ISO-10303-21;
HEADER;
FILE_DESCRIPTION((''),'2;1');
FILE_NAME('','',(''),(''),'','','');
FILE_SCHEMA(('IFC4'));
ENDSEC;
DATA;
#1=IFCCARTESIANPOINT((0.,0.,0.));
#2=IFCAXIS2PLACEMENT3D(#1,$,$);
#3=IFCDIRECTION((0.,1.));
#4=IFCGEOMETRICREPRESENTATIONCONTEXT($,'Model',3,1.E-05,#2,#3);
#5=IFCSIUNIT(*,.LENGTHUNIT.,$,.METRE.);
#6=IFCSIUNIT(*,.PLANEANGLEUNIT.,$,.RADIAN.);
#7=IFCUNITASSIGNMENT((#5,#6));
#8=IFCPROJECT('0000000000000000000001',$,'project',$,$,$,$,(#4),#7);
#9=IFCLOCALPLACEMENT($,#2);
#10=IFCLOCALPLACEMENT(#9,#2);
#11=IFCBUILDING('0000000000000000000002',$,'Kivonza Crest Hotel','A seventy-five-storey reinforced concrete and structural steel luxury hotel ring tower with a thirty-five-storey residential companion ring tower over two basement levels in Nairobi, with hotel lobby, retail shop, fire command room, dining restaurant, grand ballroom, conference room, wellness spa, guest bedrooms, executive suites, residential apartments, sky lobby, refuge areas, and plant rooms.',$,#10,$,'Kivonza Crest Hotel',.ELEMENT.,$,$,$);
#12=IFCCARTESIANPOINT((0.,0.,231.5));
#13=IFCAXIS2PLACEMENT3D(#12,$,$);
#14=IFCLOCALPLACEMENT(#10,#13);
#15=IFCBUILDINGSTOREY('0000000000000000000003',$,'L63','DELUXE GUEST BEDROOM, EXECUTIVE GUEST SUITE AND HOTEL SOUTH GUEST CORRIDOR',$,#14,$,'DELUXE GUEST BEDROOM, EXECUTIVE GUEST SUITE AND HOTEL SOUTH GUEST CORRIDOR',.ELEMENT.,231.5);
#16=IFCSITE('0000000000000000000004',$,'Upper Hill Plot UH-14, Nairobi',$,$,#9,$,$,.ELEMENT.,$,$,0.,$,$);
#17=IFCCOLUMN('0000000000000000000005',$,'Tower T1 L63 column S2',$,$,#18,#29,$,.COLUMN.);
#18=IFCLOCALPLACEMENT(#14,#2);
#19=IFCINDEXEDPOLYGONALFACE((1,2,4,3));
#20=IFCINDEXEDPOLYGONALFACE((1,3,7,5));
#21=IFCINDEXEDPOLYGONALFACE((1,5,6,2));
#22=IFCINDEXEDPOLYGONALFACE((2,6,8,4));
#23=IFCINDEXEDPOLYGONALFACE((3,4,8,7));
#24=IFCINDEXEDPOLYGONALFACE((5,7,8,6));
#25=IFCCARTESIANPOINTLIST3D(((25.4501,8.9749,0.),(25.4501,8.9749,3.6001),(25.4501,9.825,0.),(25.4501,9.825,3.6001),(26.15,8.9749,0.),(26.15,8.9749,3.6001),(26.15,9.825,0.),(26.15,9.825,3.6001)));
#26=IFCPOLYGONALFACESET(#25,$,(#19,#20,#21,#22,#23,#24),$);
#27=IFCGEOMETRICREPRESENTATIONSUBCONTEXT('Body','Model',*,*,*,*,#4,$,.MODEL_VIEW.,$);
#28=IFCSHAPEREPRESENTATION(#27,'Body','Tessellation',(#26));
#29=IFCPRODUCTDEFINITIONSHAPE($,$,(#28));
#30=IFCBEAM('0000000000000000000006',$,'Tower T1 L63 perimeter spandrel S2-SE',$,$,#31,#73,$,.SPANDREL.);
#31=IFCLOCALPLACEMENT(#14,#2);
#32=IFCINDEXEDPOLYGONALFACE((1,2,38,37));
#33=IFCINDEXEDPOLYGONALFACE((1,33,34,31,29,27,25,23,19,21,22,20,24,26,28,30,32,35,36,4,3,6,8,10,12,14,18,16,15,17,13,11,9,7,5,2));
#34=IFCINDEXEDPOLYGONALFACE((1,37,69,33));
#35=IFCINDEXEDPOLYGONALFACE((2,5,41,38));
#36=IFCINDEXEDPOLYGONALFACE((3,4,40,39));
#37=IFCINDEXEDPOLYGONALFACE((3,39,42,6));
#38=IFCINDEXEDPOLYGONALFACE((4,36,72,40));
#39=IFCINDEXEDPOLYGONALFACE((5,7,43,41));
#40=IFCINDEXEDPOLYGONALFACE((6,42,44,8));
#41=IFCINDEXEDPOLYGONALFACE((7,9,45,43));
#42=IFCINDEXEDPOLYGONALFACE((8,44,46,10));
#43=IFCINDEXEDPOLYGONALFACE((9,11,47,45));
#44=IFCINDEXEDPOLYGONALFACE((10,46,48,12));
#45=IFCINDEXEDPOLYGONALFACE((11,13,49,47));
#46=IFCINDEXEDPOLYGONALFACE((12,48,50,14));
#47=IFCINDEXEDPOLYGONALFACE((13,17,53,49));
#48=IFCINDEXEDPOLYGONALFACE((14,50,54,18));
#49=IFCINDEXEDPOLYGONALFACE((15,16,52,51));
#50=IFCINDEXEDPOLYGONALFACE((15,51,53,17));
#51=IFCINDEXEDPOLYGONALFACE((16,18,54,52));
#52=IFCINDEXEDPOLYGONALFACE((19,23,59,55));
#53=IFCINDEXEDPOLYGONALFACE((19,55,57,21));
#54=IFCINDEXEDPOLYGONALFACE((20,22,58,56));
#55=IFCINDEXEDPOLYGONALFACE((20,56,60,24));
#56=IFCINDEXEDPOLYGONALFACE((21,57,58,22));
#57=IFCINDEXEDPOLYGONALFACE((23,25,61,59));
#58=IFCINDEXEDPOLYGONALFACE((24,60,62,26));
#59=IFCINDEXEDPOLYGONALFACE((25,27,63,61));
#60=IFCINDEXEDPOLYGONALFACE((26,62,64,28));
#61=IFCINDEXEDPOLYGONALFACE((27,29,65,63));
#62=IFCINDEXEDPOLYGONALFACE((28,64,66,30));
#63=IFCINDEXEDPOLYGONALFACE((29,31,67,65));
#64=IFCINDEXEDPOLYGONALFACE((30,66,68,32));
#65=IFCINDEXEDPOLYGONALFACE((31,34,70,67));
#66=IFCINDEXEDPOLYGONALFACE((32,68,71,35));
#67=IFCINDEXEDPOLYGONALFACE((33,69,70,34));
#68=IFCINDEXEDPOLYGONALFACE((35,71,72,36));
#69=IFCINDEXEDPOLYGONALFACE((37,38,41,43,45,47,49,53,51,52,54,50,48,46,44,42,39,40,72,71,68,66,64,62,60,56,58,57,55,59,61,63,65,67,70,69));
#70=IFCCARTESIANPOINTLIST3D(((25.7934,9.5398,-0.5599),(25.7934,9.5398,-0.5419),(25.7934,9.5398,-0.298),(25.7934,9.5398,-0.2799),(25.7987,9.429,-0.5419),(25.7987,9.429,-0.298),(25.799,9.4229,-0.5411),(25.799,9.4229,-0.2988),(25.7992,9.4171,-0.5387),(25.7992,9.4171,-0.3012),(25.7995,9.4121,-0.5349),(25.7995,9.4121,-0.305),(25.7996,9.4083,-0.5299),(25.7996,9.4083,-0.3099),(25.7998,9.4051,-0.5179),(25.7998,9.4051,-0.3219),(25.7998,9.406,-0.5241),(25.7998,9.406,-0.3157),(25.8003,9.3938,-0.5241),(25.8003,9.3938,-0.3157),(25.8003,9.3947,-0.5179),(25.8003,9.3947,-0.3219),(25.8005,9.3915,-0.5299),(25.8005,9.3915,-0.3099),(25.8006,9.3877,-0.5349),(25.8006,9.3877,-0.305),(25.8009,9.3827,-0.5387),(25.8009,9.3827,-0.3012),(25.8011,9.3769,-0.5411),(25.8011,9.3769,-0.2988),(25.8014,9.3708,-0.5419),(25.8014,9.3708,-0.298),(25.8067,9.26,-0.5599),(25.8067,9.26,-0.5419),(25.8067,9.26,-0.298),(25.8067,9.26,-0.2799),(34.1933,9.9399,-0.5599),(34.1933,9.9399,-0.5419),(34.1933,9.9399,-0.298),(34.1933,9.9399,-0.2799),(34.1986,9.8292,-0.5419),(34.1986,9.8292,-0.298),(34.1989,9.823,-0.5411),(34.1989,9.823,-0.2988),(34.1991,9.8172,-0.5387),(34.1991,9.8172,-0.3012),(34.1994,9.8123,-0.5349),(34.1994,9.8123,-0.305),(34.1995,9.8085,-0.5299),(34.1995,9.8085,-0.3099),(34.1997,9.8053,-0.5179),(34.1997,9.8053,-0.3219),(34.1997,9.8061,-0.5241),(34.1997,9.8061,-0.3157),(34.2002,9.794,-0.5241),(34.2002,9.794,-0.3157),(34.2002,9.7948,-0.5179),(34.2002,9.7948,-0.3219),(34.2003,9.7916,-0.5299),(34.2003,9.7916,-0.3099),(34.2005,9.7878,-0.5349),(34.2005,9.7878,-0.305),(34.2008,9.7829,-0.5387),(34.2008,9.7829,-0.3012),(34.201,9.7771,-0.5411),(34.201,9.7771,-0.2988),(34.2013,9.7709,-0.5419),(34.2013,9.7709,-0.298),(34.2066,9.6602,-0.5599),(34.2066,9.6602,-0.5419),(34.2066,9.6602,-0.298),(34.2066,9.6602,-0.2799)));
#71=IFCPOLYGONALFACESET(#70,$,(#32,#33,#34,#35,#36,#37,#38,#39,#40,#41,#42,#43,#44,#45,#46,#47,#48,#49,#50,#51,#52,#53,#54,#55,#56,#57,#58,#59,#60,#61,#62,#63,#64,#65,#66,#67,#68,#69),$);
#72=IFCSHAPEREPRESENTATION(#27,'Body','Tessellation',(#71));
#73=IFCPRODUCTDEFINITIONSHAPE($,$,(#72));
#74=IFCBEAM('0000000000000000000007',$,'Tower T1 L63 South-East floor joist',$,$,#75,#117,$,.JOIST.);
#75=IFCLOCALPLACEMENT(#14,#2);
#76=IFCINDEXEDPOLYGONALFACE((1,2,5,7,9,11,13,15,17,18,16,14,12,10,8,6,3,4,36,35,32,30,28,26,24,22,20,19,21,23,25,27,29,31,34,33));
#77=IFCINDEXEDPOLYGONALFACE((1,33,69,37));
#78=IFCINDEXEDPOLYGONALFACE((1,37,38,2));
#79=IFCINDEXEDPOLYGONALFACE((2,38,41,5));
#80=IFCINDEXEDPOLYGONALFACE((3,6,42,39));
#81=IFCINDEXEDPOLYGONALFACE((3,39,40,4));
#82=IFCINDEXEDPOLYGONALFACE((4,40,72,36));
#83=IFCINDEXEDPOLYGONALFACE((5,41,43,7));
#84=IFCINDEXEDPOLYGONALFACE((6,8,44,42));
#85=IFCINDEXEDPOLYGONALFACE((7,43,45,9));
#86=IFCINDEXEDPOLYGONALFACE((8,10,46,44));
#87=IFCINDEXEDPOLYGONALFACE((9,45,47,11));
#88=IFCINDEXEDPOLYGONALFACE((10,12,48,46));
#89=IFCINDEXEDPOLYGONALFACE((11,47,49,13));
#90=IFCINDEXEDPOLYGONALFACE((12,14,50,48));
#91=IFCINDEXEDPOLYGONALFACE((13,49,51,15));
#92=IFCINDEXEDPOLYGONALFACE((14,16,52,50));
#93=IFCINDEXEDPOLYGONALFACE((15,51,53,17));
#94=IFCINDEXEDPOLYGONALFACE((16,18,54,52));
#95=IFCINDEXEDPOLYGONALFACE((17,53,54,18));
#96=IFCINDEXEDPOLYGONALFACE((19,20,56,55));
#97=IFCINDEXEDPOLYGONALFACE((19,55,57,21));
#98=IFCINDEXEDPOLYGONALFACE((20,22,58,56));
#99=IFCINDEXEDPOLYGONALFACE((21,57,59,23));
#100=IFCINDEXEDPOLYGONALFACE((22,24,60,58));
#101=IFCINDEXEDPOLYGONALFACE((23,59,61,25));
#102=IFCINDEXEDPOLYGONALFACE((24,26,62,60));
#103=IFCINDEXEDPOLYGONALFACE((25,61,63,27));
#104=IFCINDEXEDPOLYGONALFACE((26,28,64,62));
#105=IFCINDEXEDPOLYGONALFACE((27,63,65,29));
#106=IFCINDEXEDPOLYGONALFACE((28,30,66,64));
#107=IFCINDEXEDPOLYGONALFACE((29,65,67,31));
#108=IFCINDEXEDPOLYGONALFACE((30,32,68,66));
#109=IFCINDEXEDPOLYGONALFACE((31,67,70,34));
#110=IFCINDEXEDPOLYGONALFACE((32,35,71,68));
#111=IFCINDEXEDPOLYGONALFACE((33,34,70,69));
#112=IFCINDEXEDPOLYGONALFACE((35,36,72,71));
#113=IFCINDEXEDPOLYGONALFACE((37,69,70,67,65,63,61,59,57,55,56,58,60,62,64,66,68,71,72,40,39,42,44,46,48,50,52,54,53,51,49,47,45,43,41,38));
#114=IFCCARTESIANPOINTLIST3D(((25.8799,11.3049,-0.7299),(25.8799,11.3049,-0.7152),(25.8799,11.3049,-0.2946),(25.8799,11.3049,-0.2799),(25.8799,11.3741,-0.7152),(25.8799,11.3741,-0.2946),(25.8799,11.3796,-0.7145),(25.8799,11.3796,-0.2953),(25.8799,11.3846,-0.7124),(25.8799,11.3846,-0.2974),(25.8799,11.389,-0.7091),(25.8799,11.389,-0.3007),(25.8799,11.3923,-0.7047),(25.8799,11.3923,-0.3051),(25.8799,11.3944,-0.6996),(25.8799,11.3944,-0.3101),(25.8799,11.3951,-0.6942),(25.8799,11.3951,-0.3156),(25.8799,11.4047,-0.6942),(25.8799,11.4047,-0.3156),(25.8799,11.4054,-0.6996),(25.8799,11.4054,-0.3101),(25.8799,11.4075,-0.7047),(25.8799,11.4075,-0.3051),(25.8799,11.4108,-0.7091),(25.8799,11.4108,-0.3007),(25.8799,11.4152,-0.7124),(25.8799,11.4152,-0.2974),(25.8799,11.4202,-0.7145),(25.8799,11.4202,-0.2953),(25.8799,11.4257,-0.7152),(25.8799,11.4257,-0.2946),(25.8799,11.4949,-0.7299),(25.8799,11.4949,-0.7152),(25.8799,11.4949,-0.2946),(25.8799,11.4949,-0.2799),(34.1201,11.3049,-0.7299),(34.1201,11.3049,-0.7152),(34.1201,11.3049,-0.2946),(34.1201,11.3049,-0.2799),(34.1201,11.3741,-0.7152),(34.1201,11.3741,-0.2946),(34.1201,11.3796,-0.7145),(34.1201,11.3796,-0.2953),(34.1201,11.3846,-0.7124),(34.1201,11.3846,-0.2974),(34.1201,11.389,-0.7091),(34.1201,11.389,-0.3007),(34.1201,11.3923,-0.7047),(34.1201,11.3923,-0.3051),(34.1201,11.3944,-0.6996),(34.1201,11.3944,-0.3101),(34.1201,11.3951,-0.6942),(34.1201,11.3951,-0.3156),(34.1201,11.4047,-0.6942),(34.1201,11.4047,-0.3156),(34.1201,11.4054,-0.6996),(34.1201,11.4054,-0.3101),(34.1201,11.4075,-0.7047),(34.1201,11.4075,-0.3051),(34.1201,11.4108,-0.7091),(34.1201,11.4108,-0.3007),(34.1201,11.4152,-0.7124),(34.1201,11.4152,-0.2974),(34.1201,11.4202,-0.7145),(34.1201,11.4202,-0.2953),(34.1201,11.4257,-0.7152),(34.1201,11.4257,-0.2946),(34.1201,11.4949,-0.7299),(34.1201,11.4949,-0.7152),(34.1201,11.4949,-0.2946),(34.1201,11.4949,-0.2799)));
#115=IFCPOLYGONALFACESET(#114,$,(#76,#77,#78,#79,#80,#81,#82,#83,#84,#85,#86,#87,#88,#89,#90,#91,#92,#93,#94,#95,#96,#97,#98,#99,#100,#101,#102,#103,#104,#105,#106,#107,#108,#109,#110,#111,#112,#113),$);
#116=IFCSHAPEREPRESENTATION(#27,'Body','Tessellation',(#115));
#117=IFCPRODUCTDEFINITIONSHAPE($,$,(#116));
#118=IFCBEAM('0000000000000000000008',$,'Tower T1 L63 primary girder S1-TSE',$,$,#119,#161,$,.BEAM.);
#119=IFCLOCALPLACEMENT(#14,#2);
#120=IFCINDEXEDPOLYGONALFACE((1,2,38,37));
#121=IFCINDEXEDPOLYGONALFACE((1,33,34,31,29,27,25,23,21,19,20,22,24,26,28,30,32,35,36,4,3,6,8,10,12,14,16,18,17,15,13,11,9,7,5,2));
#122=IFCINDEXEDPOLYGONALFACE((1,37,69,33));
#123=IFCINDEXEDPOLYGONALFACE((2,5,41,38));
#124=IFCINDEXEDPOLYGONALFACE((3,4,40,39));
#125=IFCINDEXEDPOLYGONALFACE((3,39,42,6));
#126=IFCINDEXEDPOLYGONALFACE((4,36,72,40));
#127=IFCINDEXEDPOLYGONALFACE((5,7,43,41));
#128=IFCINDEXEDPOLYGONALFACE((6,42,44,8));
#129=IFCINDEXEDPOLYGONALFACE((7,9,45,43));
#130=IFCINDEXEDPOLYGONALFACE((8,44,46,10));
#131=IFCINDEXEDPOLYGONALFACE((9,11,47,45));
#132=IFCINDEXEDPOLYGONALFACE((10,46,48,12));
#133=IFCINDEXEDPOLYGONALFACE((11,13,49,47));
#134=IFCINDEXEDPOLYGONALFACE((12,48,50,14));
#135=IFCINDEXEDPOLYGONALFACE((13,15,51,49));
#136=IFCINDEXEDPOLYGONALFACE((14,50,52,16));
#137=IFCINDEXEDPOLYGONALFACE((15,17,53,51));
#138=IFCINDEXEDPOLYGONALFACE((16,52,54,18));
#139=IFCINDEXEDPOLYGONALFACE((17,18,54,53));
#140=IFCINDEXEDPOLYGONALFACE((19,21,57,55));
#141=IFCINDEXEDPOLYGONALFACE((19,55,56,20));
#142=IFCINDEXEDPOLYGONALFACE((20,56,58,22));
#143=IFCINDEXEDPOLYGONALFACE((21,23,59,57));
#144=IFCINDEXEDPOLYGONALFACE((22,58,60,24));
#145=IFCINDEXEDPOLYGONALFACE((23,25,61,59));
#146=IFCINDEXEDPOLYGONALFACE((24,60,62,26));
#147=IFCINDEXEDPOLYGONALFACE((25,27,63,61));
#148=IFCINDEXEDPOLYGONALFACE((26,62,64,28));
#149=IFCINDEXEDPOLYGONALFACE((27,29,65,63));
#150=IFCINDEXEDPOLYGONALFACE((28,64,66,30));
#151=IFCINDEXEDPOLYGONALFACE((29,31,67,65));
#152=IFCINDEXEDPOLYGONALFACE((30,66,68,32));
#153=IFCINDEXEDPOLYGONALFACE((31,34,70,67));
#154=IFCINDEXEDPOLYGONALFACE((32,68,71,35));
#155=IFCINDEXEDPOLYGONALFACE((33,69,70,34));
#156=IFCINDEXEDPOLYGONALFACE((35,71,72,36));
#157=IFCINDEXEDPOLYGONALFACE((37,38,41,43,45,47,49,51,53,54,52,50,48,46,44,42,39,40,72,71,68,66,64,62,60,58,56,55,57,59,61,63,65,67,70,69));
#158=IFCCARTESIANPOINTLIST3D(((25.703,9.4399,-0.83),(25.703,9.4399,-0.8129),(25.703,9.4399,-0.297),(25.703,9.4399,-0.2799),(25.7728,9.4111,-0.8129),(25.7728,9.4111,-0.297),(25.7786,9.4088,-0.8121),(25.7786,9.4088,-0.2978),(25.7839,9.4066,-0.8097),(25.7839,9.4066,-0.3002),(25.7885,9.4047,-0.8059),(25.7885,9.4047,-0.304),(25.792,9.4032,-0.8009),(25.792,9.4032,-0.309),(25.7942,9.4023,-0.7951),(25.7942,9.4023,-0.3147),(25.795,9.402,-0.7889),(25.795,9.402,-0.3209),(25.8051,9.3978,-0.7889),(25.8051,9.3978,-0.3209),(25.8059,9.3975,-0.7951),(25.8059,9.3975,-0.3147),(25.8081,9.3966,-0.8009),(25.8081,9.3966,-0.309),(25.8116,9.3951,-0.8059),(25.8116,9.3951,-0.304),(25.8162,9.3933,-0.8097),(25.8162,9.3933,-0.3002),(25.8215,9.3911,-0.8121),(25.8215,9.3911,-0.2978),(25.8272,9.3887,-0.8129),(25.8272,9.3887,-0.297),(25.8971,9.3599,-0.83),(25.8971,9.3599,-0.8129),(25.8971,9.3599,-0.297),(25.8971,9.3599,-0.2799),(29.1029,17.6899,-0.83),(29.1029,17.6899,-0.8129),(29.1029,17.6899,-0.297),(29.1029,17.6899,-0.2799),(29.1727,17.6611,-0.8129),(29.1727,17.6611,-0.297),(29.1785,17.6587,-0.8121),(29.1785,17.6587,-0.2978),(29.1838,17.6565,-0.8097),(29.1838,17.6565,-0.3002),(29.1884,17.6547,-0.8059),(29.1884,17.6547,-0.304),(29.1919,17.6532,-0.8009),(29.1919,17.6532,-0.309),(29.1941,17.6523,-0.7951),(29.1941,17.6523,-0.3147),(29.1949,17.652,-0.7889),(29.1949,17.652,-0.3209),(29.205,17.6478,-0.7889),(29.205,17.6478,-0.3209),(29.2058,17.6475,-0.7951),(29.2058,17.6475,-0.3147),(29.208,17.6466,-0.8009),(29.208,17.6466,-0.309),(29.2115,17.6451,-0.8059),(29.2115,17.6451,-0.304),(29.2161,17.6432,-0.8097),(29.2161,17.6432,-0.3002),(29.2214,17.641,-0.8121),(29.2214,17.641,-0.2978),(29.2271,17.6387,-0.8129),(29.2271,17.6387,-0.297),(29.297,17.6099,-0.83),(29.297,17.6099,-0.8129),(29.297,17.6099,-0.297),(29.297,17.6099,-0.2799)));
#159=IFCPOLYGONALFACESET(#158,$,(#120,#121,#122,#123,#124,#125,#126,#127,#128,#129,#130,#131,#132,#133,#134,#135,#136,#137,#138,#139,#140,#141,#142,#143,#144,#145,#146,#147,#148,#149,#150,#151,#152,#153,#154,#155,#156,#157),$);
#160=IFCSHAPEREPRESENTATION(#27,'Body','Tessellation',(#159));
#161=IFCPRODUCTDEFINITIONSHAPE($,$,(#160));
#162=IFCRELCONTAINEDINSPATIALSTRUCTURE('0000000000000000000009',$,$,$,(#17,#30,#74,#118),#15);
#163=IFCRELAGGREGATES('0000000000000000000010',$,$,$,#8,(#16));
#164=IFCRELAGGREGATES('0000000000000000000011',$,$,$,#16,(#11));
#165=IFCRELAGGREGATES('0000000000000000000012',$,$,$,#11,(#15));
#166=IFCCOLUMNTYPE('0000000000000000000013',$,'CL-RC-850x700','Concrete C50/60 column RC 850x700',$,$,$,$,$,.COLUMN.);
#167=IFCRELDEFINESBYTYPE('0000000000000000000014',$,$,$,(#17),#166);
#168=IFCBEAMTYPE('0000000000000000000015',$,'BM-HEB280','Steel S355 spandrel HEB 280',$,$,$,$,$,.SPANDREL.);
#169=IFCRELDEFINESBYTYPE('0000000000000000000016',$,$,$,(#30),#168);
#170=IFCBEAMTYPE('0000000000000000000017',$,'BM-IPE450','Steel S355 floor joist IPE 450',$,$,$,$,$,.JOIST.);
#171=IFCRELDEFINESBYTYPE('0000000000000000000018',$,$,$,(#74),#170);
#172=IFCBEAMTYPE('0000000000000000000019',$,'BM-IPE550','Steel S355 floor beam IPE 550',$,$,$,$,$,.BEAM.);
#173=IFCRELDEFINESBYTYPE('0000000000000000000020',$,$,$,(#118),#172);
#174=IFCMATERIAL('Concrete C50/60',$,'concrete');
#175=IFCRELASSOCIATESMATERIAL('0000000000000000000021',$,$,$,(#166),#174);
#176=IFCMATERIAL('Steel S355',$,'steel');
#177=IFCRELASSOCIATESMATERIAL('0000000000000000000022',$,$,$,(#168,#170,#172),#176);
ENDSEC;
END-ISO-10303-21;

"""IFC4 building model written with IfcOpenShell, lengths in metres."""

from ifc_helpers import new_model, si_unit, direction, frame, origin, origin_2d, place, context, subcontext, project, spatial, rectangle, i_section, extrude, material, material_profile, profile_set, type_object, element, save


model = new_model("IFC4")

# Units and contexts
model_context = context("Model", 3, precision=1e-05, world=origin(), true_north=direction((0.0, 1.0)))
body_context = subcontext(model_context, "Body", "Model", "MODEL_VIEW")
ifc_project = project(units=[si_unit("LENGTHUNIT", "METRE"), si_unit("PLANEANGLEUNIT", "RADIAN")], contexts=[model_context])

# Site, building, storey
site_placement = place(None, origin())
site = spatial("IfcSite", under=ifc_project, at=site_placement, Name="Upper Hill Plot UH-14, Nairobi", CompositionType="ELEMENT", RefElevation=0.0)
building_placement = place(site_placement, origin())
building = spatial("IfcBuilding", under=site, at=building_placement, Name="Kivonza Crest Hotel", Description="A seventy-five-storey reinforced concrete and structural steel luxury hotel ring tower with a thirty-five-storey residential companion ring tower over two basement levels in Nairobi, with hotel lobby, retail shop, fire command room, dining restaurant, grand ballroom, conference room, wellness spa, guest bedrooms, executive suites, residential apartments, sky lobby, refuge areas, and plant rooms.", LongName="Kivonza Crest Hotel", CompositionType="ELEMENT")
storey_placement = place(building_placement, frame((0.0, 0.0, 231.5)))
storey = spatial("IfcBuildingStorey", under=building, at=storey_placement, Name="L63", Description="DELUXE GUEST BEDROOM, EXECUTIVE GUEST SUITE AND HOTEL SOUTH GUEST CORRIDOR", LongName="DELUXE GUEST BEDROOM, EXECUTIVE GUEST SUITE AND HOTEL SOUTH GUEST CORRIDOR", CompositionType="ELEMENT", Elevation=231.5)

# Column
ifc_material_1 = material(Name="Concrete C50/60", Category="concrete")
ifc_material_profile_1 = material_profile(ifc_material_1, rectangle(XDim=0.7, YDim=0.8501, at=origin_2d()), Name="RC 850x700")
ifc_profile_set_1 = profile_set([ifc_material_profile_1], Name="Concrete C50/60")
column_type = type_object("IfcColumnType", Name="CL-RC-850x700", Description="Concrete C50/60 column RC 850x700", PredefinedType="COLUMN", material=ifc_profile_set_1)
column_placement = place(storey_placement, frame((25.8, 9.3999, 0.0), z_axis=(0.0, 0.0, 1.0), x_axis=(1.0, 0.0, 0.0)))
element("IfcColumn", 1, at=column_placement, inside=storey, type_object=column_type, Name="Tower T1 L63 column S2", PredefinedType="COLUMN", context=body_context, shape_type="SweptSolid", body=[
    extrude(rectangle(XDim=0.7, YDim=0.8501, at=origin_2d()), origin(), (0.0, 0.0, 1.0), 3.6001),
])

# Beams
ifc_material_2 = material(Name="Steel S355", Category="steel")
ifc_material_profile_2 = material_profile(ifc_material_2, i_section(OverallWidth=0.28, OverallDepth=0.28, WebThickness=0.0105, FlangeThickness=0.0181, FilletRadius=0.0239, at=origin_2d()), Name="HEB 280")
ifc_profile_set_2 = profile_set([ifc_material_profile_2], Name="Steel S355")
beam_type_1 = type_object("IfcBeamType", Name="BM-HEB280", Description="Steel S355 spandrel HEB 280", PredefinedType="SPANDREL", material=ifc_profile_set_2)
beam_1_placement = place(storey_placement, frame((25.8, 9.3999, -0.4199), z_axis=(0.998867, 0.047583, 0.0), x_axis=(-0.047583, 0.998867, 0.0)))
element("IfcBeam", 2, at=beam_1_placement, inside=storey, type_object=beam_type_1, Name="Tower T1 L63 perimeter spandrel S2-SE", PredefinedType="SPANDREL", context=body_context, shape_type="SweptSolid", body=[
    extrude(i_section(OverallWidth=0.28, OverallDepth=0.28, WebThickness=0.0105, FlangeThickness=0.0181, FilletRadius=0.0239, at=origin_2d()), origin(), (0.0, 0.0, 1.0), 8.4094),
])
ifc_material_profile_3 = material_profile(ifc_material_2, i_section(OverallWidth=0.1899, OverallDepth=0.45, WebThickness=0.0095, FlangeThickness=0.0146, FilletRadius=0.021, at=origin_2d()), Name="IPE 450")
ifc_profile_set_3 = profile_set([ifc_material_profile_3], Name="Steel S355")
beam_type_2 = type_object("IfcBeamType", Name="BM-IPE450", Description="Steel S355 floor joist IPE 450", PredefinedType="JOIST", material=ifc_profile_set_3)
beam_2_placement = place(storey_placement, frame((25.8799, 11.3999, -0.5049), z_axis=(1.0, 0.0, 0.0), x_axis=(0.0, 1.0, 0.0)))
element("IfcBeam", 3, at=beam_2_placement, inside=storey, type_object=beam_type_2, Name="Tower T1 L63 South-East floor joist", PredefinedType="JOIST", context=body_context, shape_type="SweptSolid", body=[
    extrude(i_section(OverallWidth=0.1899, OverallDepth=0.45, WebThickness=0.0095, FlangeThickness=0.0146, FilletRadius=0.021, at=origin_2d()), origin(), (0.0, 0.0, 1.0), 8.2402),
])
ifc_material_profile_4 = material_profile(ifc_material_2, i_section(OverallWidth=0.21, OverallDepth=0.55, WebThickness=0.011, FlangeThickness=0.0171, FilletRadius=0.0239, at=origin_2d()), Name="IPE 550")
ifc_profile_set_4 = profile_set([ifc_material_profile_4], Name="Steel S355")
beam_type_3 = type_object("IfcBeamType", Name="BM-IPE550", Description="Steel S355 floor beam IPE 550", PredefinedType="BEAM", material=ifc_profile_set_4)
beam_3_placement = place(storey_placement, frame((25.8, 9.3999, -0.5549), z_axis=(0.381022, 0.924566, 0.0), x_axis=(-0.924566, 0.381022, 0.0)))
element("IfcBeam", 4, at=beam_3_placement, inside=storey, type_object=beam_type_3, Name="Tower T1 L63 primary girder S1-TSE", PredefinedType="BEAM", context=body_context, shape_type="SweptSolid", body=[
    extrude(i_section(OverallWidth=0.21, OverallDepth=0.55, WebThickness=0.011, FlangeThickness=0.0171, FilletRadius=0.0239, at=origin_2d()), origin(), (0.0, 0.0, 1.0), 8.9231),
])

save(model, "model.ifc")
